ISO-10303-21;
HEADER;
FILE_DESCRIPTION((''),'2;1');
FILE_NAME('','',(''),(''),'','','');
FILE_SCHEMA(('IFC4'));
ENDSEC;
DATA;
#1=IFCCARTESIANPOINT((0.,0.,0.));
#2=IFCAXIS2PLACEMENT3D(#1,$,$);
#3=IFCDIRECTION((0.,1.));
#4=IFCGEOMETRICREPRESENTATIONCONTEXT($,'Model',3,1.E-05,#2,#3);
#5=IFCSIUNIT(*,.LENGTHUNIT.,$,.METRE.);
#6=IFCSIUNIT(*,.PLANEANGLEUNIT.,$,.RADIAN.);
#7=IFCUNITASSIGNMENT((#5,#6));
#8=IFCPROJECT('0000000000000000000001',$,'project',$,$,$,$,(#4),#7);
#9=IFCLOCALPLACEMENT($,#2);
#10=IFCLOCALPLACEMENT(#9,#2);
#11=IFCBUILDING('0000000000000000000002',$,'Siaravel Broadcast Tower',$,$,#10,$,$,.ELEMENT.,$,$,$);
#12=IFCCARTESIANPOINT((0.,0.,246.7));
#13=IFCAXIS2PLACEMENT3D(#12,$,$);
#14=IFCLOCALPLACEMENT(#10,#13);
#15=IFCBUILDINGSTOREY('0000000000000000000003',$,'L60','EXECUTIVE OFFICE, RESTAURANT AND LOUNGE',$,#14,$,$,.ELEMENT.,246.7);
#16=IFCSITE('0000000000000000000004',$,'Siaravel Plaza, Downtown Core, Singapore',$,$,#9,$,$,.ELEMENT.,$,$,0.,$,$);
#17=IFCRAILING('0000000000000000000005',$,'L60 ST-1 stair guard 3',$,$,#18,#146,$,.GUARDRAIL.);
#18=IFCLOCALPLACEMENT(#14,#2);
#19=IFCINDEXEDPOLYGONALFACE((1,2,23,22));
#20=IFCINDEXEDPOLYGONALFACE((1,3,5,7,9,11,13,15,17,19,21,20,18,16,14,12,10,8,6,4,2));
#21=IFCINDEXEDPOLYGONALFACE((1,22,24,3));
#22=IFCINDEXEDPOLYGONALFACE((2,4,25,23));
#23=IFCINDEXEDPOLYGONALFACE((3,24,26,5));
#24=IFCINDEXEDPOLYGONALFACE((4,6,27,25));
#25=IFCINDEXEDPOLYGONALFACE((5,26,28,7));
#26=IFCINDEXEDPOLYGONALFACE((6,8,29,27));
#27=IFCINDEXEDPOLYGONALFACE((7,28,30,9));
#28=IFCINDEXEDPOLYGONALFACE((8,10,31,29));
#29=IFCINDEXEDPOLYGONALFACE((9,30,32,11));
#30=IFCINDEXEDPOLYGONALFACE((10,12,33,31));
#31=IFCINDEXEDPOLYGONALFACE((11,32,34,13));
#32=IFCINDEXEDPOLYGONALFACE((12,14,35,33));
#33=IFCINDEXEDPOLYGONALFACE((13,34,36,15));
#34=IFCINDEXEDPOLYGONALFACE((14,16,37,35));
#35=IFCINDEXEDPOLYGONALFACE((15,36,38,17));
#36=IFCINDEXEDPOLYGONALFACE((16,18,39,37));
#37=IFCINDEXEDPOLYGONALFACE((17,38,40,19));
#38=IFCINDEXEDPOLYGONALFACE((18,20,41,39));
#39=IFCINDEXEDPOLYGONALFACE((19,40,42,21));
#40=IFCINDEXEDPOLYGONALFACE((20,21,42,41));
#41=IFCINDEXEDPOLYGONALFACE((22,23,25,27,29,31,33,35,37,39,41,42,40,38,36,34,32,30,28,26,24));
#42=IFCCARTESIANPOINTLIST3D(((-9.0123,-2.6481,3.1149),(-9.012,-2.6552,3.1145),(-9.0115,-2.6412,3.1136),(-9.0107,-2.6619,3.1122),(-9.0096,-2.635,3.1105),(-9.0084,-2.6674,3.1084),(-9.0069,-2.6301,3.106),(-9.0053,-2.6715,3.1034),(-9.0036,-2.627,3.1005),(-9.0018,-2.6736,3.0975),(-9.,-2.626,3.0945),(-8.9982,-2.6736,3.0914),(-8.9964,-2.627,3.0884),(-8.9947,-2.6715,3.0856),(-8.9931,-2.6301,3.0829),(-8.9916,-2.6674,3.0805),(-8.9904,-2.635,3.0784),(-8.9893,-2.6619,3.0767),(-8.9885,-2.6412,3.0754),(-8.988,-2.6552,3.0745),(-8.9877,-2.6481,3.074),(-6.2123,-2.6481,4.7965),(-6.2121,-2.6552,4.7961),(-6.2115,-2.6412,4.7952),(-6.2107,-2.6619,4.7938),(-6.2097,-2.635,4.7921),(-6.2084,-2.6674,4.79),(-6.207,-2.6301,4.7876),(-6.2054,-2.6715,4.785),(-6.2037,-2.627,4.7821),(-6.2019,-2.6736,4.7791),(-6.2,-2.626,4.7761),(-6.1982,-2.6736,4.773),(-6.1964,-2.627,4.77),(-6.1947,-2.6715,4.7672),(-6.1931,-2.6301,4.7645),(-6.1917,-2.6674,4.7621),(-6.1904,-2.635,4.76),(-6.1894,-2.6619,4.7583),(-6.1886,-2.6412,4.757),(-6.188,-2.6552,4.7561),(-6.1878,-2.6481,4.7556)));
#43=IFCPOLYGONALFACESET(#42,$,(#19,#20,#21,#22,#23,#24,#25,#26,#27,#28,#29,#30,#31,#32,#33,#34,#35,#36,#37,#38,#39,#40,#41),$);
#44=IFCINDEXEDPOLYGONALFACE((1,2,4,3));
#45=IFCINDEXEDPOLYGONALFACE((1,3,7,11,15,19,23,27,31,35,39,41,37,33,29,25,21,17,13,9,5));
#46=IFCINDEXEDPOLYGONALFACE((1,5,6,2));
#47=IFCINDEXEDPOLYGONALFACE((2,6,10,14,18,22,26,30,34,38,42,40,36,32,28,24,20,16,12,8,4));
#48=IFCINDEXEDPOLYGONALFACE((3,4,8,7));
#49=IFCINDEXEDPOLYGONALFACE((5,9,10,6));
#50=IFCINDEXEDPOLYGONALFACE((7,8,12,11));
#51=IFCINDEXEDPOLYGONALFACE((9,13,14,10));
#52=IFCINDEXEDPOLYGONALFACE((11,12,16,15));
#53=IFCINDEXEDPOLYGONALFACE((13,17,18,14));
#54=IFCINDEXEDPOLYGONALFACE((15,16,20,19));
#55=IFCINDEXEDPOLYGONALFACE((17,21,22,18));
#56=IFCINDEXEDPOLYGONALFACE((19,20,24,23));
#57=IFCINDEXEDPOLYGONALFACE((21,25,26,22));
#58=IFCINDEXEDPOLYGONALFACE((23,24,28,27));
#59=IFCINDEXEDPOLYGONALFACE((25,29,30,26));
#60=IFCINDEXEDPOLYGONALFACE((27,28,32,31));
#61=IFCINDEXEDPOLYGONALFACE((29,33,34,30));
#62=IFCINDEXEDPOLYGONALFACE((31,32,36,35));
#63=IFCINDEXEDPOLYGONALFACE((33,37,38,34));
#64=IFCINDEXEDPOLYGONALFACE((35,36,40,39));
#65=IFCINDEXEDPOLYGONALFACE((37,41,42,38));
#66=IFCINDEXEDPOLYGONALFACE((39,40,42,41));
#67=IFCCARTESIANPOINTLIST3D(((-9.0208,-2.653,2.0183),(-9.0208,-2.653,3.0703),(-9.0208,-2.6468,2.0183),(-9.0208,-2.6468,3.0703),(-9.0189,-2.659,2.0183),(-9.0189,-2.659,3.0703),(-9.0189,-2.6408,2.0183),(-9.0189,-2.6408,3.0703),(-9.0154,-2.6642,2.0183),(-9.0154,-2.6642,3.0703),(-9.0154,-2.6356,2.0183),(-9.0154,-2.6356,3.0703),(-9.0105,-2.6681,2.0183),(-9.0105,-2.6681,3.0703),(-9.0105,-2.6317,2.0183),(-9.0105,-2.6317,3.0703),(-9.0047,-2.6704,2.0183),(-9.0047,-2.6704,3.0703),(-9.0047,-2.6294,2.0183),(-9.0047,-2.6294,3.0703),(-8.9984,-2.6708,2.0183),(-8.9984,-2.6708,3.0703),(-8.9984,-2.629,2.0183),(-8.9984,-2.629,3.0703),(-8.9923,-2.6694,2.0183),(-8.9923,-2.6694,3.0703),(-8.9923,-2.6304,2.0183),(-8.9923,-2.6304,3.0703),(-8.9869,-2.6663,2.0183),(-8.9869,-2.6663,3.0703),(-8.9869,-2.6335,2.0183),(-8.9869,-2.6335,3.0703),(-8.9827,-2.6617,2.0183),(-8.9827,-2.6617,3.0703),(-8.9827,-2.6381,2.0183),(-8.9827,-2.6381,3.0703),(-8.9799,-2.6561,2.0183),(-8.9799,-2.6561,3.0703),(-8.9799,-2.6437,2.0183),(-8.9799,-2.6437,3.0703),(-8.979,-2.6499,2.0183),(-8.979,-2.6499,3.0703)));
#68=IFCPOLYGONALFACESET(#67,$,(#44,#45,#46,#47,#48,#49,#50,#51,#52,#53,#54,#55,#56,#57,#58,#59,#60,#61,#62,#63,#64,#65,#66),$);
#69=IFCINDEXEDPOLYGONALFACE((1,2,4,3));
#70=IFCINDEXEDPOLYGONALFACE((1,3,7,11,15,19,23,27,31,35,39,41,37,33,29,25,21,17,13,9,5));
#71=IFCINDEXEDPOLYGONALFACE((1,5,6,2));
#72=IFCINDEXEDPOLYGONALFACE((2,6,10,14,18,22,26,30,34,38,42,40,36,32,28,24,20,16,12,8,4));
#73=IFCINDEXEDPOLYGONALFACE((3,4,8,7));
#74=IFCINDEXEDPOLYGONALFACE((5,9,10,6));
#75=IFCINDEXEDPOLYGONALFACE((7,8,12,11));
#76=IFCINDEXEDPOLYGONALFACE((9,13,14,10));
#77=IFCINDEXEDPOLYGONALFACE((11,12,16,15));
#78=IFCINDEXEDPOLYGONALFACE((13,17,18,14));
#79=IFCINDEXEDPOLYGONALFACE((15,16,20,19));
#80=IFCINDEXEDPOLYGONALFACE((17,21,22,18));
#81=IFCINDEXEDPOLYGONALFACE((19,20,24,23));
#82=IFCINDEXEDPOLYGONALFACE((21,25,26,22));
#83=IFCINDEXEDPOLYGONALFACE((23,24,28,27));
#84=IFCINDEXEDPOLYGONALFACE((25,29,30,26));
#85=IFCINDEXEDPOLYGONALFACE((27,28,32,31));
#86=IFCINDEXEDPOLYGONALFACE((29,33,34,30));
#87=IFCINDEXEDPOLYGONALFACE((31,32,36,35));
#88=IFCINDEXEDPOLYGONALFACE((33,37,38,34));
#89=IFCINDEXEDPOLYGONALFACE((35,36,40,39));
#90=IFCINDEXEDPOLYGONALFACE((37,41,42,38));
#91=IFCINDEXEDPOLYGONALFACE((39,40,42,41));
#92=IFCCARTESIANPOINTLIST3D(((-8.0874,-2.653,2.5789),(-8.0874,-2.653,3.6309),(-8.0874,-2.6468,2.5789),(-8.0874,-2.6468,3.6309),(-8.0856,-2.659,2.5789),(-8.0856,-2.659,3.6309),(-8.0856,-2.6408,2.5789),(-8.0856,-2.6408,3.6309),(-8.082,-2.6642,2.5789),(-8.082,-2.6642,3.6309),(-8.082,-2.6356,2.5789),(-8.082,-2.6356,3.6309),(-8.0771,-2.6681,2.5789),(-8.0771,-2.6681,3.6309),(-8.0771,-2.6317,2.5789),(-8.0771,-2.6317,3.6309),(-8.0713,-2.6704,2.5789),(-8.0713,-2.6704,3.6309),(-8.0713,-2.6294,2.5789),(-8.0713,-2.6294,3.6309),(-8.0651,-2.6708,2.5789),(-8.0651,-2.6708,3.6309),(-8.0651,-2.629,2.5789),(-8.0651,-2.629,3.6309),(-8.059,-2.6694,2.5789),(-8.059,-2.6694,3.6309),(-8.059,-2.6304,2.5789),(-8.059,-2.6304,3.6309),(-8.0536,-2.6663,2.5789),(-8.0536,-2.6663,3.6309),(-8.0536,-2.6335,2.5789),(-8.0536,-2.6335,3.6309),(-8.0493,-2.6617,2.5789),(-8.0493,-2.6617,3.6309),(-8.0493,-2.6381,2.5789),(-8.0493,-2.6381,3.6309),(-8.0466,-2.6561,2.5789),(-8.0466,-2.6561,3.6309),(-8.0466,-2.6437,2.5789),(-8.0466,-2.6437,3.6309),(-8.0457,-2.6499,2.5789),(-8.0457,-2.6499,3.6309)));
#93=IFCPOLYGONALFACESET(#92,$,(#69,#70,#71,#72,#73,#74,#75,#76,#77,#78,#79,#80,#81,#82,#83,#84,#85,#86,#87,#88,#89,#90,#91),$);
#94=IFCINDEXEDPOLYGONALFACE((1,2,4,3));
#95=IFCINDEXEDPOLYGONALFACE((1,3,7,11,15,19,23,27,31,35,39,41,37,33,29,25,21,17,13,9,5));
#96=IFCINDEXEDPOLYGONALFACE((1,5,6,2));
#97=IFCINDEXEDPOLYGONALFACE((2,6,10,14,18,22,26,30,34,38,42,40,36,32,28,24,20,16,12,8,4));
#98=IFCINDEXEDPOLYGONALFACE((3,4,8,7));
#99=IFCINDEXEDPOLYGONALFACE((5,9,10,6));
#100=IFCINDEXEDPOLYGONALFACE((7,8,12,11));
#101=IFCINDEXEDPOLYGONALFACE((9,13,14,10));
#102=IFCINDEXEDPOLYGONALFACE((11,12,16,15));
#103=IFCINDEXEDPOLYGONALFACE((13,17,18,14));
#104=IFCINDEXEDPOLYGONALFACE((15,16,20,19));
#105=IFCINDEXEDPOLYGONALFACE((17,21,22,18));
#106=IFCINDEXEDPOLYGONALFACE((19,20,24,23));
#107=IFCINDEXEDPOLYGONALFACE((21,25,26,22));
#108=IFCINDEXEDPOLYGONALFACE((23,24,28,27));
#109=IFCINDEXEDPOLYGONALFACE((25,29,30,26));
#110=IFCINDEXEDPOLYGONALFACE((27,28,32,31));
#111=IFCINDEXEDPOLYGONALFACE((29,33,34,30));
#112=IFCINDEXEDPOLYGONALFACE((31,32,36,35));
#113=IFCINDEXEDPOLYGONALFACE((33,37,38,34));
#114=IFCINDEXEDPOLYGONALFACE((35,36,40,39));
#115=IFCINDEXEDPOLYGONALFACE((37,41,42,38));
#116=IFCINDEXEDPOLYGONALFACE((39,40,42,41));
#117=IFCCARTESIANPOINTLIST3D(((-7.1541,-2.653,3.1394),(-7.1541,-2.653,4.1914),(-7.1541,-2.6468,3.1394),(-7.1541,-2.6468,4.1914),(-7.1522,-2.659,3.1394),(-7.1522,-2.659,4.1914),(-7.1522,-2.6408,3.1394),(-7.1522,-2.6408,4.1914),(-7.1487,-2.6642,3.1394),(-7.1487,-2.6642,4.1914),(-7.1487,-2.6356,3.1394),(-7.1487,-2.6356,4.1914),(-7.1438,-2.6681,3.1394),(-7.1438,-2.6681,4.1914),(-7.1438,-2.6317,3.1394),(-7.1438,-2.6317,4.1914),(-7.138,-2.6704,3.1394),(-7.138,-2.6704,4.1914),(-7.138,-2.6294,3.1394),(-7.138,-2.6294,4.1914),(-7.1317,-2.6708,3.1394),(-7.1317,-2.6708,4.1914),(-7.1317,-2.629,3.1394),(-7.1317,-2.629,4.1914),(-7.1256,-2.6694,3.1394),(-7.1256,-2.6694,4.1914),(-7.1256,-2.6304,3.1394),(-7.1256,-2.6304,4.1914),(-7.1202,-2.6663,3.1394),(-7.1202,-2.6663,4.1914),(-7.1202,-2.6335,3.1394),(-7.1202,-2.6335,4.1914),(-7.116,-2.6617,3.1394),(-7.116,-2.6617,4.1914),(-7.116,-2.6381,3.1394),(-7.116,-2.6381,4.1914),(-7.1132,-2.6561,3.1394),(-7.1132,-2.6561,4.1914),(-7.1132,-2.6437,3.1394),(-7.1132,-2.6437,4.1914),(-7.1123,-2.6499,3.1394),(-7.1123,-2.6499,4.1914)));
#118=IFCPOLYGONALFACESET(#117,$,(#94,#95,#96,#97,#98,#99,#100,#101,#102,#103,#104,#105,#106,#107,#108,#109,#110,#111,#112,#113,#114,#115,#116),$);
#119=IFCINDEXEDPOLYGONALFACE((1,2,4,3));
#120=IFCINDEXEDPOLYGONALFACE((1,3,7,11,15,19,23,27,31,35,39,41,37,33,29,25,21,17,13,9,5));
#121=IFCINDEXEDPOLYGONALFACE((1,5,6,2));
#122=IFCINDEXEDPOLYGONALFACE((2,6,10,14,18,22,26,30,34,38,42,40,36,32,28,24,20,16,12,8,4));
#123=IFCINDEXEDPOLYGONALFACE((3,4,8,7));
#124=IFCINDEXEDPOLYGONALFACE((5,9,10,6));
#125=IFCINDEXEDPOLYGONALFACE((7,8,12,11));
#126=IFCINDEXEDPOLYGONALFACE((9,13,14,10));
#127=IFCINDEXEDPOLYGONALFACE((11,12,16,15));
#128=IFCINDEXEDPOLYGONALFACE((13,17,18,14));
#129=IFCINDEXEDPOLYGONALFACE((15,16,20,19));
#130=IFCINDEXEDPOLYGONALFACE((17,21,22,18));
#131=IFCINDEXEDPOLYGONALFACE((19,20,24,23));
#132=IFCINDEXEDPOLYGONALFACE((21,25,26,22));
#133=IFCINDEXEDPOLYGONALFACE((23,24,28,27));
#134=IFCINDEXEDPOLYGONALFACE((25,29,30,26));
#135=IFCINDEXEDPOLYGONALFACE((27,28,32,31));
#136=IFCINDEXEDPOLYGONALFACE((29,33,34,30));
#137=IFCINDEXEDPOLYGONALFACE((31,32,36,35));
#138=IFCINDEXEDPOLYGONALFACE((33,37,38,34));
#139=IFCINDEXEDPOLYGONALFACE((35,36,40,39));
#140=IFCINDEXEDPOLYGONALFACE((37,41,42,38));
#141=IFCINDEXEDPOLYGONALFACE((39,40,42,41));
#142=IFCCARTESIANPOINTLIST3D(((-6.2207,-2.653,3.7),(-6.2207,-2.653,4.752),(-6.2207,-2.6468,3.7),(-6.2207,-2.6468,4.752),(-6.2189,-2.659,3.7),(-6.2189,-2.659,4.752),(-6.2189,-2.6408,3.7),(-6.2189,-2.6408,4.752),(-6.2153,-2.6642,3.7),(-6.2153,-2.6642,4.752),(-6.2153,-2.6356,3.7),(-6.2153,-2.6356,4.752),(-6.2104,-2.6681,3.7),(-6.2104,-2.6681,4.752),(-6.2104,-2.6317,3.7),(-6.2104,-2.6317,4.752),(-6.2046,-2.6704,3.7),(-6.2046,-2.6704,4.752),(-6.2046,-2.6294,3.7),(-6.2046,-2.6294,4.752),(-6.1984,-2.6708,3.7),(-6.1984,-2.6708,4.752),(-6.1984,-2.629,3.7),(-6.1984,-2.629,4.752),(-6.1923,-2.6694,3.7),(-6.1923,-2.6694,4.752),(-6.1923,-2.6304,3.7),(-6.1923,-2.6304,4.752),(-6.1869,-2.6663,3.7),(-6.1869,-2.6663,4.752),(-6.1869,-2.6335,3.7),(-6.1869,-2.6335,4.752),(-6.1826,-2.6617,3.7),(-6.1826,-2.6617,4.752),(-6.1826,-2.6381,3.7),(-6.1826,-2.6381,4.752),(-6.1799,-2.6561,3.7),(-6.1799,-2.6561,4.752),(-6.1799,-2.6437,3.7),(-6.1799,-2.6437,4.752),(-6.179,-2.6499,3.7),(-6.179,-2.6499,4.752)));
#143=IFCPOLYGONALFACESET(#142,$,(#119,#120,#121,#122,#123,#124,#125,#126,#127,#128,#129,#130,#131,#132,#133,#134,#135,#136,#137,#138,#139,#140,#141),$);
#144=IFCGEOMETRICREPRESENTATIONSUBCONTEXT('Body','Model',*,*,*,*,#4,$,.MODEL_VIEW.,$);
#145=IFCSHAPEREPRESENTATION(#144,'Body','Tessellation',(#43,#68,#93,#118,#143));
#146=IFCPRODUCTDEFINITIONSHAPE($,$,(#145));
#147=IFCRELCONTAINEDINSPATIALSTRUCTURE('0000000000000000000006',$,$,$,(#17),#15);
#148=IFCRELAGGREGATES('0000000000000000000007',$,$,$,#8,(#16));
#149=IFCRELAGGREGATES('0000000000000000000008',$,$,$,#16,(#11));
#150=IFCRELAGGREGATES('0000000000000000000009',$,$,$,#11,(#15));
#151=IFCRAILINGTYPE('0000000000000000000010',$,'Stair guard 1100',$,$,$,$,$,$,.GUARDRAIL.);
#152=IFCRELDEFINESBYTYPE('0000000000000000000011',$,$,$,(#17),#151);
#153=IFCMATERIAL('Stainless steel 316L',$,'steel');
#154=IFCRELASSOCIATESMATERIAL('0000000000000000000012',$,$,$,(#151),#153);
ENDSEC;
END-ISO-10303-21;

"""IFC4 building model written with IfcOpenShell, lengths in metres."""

from ifc_helpers import new_model, si_unit, direction, frame, origin, origin_2d, place, context, subcontext, project, spatial, circle, extrude, material, type_object, element, save


model = new_model("IFC4")

# Units and contexts
model_context = context("Model", 3, precision=1e-05, world=origin(), true_north=direction((0.0, 1.0)))
body_context = subcontext(model_context, "Body", "Model", "MODEL_VIEW")
ifc_project = project(units=[si_unit("LENGTHUNIT", "METRE"), si_unit("PLANEANGLEUNIT", "RADIAN")], contexts=[model_context])

# Site, building, storey
site_placement = place(None, origin())
site = spatial("IfcSite", under=ifc_project, at=site_placement, Name="Siaravel Plaza, Downtown Core, Singapore", CompositionType="ELEMENT", RefElevation=0.0)
building_placement = place(site_placement, origin())
building = spatial("IfcBuilding", under=site, at=building_placement, Name="Siaravel Broadcast Tower", CompositionType="ELEMENT")
storey_placement = place(building_placement, frame((0.0, 0.0, 246.7)))
storey = spatial("IfcBuildingStorey", under=building, at=storey_placement, Name="L60", Description="EXECUTIVE OFFICE, RESTAURANT AND LOUNGE", CompositionType="ELEMENT", Elevation=246.7)

# Shared definitions
ifc_material_1 = material(Name="Stainless steel 316L", Category="steel")

# Railing
railing_type_1 = type_object("IfcRailingType", Name="Stair guard 1100", PredefinedType="GUARDRAIL", material=ifc_material_1)
railing_1_placement = place(storey_placement, frame((-9.0, -2.6499, 2.0183)))
element("IfcRailing", 1, at=railing_1_placement, inside=storey, type_object=railing_type_1, Name="L60 ST-1 stair guard 3", PredefinedType="GUARDRAIL", context=body_context, shape_type="SweptSolid", body=[
    extrude(circle(Radius=0.0239, at=origin_2d()), frame((0.0, 0.0, 1.0762), z_axis=(0.857275, 0.0, 0.514858), x_axis=(0.0, 1.0, 0.0)), (0.0, 0.0, 1.0), 3.2661),
    extrude(circle(Radius=0.021, at=origin_2d()), origin(), (0.0, 0.0, 1.0), 1.052),
    extrude(circle(Radius=0.021, at=origin_2d()), frame((0.9333, 0.0, 0.5605)), (0.0, 0.0, 1.0), 1.052),
    extrude(circle(Radius=0.021, at=origin_2d()), frame((1.8667, 0.0, 1.1211)), (0.0, 0.0, 1.0), 1.052),
    extrude(circle(Radius=0.021, at=origin_2d()), frame((2.8, 0.0, 1.6816)), (0.0, 0.0, 1.0), 1.052),
])

save(model, "model.ifc")
